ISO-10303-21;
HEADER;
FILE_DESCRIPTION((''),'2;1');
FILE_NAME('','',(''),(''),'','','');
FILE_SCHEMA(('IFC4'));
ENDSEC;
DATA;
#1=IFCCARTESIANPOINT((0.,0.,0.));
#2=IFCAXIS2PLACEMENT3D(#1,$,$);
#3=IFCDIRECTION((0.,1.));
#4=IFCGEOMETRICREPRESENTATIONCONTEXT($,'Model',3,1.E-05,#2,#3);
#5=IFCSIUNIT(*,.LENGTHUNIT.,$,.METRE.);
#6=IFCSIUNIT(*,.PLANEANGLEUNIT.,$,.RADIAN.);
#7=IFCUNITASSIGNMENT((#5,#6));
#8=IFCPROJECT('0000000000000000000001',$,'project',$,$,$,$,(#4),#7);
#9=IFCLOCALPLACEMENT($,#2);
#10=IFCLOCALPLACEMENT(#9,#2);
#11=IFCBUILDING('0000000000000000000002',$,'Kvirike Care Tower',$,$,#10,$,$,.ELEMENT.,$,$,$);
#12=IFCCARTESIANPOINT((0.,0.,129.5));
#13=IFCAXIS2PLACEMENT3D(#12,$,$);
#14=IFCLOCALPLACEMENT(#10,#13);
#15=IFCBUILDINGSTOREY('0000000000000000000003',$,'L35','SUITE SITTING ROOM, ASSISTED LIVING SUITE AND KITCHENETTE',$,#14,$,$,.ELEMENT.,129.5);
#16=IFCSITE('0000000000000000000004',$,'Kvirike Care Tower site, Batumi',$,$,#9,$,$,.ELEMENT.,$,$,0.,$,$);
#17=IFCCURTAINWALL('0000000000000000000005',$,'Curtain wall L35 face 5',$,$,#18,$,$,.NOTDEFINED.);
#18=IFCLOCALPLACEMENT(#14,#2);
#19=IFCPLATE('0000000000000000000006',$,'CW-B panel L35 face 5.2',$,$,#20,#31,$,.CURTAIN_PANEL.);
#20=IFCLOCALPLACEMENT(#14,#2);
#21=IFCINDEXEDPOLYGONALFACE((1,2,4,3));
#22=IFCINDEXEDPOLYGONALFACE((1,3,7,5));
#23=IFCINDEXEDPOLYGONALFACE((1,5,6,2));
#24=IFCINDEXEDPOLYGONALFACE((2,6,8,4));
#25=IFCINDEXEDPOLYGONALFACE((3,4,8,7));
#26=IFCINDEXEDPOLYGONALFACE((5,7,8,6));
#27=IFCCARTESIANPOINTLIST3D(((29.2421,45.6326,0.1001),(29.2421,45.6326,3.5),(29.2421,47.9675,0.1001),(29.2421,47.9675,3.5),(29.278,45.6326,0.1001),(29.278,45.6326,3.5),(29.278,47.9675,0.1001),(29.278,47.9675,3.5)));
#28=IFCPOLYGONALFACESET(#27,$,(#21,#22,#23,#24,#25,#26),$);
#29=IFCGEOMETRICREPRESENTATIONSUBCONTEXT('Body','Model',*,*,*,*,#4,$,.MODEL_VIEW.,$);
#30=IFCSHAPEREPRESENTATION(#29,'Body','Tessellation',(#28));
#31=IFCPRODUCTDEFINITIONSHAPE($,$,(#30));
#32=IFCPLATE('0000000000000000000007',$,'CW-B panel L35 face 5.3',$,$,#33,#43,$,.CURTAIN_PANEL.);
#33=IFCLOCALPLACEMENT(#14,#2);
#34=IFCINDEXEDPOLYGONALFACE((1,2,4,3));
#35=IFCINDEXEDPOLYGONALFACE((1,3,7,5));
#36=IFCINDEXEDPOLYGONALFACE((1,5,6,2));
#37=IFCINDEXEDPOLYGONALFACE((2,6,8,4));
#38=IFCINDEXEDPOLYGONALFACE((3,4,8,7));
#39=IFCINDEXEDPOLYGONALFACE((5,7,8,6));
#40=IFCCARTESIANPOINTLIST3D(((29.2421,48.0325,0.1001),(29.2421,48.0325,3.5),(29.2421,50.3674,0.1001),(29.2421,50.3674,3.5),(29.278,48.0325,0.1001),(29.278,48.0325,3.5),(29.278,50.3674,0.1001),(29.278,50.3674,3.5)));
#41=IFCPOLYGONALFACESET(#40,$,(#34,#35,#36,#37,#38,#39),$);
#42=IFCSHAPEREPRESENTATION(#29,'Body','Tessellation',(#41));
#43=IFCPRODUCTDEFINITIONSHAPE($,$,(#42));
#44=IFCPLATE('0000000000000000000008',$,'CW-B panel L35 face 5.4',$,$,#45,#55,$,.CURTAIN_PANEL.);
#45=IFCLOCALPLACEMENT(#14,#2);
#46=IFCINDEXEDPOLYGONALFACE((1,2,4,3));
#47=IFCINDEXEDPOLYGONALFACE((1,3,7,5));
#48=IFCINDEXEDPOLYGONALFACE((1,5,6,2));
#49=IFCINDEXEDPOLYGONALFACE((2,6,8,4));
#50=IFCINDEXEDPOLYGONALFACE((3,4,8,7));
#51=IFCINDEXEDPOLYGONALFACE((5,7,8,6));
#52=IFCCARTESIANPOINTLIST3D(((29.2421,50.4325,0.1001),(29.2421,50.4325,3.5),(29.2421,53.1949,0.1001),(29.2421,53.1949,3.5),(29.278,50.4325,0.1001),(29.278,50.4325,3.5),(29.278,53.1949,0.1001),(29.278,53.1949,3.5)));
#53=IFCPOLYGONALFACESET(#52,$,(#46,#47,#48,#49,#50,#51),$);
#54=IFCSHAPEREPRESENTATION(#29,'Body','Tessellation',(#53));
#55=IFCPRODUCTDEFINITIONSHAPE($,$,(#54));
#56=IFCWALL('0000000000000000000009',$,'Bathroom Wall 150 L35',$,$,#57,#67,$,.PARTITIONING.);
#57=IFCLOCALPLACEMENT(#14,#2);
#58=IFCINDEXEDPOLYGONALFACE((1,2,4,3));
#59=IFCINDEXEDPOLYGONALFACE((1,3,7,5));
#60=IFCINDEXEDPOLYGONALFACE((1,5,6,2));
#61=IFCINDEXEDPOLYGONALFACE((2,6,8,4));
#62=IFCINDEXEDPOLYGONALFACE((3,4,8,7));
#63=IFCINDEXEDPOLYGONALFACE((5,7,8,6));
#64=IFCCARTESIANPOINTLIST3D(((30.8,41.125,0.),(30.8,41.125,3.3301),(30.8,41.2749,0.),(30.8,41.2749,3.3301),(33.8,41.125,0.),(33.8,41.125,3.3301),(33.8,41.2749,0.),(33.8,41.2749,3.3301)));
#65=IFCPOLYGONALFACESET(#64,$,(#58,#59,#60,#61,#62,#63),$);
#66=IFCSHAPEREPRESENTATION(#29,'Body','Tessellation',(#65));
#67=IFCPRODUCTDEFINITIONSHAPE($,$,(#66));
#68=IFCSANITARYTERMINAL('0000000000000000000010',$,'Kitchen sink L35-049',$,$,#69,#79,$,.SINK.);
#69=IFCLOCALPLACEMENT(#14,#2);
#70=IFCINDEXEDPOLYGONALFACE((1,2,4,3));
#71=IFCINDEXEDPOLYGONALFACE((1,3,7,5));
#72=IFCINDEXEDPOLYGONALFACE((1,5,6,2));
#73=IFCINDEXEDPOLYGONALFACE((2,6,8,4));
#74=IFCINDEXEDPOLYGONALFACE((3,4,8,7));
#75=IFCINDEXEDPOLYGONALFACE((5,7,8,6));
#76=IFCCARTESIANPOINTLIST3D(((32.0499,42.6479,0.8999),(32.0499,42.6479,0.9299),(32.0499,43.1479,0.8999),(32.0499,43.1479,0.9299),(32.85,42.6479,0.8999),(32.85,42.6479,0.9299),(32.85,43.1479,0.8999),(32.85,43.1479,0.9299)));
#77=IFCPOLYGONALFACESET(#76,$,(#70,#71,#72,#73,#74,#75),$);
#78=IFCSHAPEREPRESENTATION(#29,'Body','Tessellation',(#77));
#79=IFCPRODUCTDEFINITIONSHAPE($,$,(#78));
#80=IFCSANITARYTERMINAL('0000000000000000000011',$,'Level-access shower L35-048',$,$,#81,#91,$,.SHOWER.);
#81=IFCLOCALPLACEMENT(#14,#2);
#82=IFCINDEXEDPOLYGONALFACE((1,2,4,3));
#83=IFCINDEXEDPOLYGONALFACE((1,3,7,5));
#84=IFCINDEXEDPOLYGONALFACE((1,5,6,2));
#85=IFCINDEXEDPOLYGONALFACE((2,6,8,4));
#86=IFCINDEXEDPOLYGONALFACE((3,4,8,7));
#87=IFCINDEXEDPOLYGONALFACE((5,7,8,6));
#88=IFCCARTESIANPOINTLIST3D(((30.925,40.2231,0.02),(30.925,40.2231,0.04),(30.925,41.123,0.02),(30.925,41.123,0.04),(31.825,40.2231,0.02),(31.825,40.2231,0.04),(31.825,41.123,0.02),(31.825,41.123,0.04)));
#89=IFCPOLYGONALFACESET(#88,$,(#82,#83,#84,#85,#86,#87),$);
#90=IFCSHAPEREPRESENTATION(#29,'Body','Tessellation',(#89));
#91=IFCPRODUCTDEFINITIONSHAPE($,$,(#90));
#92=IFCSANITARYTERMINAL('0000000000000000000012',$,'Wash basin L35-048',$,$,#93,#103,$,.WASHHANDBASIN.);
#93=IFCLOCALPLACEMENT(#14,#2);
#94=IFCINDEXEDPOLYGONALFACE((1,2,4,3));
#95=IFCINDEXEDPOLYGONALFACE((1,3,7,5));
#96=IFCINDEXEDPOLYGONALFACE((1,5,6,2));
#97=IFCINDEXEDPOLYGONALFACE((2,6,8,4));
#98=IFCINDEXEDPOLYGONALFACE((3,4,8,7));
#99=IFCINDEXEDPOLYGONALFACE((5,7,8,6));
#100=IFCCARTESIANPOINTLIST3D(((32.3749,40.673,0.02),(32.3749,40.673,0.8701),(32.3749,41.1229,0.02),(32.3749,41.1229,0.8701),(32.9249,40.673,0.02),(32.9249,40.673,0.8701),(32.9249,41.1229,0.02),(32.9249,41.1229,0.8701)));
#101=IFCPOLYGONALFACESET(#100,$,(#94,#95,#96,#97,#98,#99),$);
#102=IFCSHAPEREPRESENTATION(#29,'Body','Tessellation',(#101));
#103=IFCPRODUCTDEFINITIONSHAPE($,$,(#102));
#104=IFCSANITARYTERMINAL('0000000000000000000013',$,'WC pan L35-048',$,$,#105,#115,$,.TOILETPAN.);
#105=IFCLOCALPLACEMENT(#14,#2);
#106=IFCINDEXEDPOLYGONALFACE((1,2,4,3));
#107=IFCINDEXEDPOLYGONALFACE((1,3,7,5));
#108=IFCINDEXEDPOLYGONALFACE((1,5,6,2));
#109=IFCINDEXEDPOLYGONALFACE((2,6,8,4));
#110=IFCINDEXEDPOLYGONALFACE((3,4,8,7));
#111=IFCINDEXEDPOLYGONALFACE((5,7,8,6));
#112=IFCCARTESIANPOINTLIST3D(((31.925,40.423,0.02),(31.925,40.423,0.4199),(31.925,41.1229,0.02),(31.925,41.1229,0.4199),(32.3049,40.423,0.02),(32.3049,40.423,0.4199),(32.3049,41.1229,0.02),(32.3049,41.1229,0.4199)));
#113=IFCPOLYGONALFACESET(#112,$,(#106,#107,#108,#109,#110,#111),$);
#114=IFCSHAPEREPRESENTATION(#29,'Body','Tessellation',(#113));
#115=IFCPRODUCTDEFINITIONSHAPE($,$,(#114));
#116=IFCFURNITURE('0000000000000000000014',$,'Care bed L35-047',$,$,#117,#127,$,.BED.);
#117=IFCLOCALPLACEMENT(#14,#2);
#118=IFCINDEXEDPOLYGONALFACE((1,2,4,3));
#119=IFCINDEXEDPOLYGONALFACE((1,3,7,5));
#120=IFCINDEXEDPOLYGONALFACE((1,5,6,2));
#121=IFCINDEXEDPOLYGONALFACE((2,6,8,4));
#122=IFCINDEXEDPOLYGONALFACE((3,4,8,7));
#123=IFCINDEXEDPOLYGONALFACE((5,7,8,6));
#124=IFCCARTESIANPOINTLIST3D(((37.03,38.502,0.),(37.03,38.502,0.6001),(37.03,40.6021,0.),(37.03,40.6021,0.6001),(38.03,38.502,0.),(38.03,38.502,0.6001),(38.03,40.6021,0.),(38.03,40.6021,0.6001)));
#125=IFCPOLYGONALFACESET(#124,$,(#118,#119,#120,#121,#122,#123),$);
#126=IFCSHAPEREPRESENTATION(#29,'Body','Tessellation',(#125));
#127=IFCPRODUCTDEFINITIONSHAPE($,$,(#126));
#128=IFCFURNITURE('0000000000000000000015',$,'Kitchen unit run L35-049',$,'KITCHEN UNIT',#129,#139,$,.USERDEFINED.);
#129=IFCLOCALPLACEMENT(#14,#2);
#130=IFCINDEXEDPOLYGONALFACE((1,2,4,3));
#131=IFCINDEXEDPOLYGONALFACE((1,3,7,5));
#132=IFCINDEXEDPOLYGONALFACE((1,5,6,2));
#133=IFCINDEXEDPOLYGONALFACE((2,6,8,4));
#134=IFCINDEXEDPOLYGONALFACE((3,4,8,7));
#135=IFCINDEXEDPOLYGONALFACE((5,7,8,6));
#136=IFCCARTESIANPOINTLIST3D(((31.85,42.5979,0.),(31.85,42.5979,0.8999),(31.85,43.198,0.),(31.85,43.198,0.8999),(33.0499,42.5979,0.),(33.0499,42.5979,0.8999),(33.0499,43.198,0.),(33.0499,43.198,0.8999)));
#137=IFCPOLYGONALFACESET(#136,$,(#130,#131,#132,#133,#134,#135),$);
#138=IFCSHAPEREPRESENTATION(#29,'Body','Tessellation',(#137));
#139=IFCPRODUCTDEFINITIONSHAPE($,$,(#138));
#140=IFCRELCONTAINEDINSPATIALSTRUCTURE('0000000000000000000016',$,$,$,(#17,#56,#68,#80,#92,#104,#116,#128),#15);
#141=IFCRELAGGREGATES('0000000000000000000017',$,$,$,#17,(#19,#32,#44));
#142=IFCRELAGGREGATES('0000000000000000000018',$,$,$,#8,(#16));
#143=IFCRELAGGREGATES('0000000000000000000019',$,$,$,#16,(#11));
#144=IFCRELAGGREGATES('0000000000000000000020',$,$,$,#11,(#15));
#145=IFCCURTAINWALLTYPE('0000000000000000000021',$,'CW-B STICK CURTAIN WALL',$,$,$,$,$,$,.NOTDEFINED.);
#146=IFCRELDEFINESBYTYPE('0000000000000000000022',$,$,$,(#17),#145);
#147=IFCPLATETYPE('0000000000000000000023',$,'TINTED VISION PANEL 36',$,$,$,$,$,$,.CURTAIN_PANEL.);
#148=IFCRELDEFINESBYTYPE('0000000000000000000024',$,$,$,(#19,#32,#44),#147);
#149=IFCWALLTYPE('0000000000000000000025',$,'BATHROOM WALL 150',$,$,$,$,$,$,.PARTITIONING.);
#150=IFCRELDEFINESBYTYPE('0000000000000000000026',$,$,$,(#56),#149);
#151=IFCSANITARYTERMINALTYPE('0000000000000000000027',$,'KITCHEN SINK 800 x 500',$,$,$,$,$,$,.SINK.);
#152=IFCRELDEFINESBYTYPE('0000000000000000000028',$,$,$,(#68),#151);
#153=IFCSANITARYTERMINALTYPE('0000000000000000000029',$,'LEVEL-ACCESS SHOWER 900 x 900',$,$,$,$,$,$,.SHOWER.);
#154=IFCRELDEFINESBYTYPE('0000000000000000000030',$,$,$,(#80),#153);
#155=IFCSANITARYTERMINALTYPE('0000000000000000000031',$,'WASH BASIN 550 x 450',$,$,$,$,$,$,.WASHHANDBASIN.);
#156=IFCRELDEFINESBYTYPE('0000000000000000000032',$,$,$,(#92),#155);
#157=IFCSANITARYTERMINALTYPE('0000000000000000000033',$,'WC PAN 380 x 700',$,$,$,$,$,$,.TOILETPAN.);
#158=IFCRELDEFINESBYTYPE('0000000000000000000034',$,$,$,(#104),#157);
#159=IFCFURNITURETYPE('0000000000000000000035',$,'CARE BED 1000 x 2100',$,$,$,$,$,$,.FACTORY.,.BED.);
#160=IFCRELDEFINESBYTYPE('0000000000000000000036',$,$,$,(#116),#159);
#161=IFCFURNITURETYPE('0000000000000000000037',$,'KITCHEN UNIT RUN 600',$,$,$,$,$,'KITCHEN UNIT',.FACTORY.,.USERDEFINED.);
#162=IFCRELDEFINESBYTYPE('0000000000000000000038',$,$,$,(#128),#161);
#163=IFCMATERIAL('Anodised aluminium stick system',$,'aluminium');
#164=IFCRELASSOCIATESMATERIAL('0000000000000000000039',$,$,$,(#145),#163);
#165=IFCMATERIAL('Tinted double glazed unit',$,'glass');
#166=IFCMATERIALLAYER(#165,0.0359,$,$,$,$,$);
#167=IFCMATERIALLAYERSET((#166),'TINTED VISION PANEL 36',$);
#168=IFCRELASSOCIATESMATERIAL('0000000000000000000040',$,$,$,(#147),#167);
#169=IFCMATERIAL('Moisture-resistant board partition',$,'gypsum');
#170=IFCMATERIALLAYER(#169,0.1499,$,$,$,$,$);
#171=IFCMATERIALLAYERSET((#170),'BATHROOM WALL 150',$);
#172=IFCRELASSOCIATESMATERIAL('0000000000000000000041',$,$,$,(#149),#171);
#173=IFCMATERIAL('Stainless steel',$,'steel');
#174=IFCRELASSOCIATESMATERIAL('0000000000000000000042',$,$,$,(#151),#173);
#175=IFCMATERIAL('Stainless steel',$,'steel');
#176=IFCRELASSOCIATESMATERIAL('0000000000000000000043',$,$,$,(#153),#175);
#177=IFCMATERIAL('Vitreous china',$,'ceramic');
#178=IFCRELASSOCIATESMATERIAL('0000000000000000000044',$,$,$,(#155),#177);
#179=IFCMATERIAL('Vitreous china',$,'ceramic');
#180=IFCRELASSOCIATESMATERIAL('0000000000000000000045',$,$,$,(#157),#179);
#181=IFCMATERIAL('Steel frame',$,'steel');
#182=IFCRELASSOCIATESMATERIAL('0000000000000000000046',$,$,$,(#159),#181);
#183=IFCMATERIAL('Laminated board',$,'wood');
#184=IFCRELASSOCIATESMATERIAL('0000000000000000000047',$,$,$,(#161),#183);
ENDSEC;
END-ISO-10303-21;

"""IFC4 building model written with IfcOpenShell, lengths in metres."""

from ifc_helpers import new_model, si_unit, direction, frame, frame_2d, origin, origin_2d, place, context, subcontext, project, spatial, rectangle, extrude, material, layer, layer_set, type_object, element, aggregate, save


model = new_model("IFC4")

# Units and contexts
model_context = context("Model", 3, precision=1e-05, world=origin(), true_north=direction((0.0, 1.0)))
body_context = subcontext(model_context, "Body", "Model", "MODEL_VIEW")
ifc_project = project(units=[si_unit("LENGTHUNIT", "METRE"), si_unit("PLANEANGLEUNIT", "RADIAN")], contexts=[model_context])

# Site, building, storey
site_placement = place(None, origin())
site = spatial("IfcSite", under=ifc_project, at=site_placement, Name="Kvirike Care Tower site, Batumi", CompositionType="ELEMENT", RefElevation=0.0)
building_placement = place(site_placement, origin())
building = spatial("IfcBuilding", under=site, at=building_placement, Name="Kvirike Care Tower", CompositionType="ELEMENT")
storey_placement = place(building_placement, frame((0.0, 0.0, 129.5)))
storey = spatial("IfcBuildingStorey", under=building, at=storey_placement, Name="L35", Description="SUITE SITTING ROOM, ASSISTED LIVING SUITE AND KITCHENETTE", CompositionType="ELEMENT", Elevation=129.5)

# Curtain wall
ifc_material_1 = material(Name="Anodised aluminium stick system", Category="aluminium")
curtain_wall_type = type_object("IfcCurtainWallType", Name="CW-B STICK CURTAIN WALL", PredefinedType="NOTDEFINED", material=ifc_material_1)
curtain_wall_1_placement = place(storey_placement, origin())
curtain_wall_1 = element("IfcCurtainWall", 1, at=curtain_wall_1_placement, inside=storey, type_object=curtain_wall_type, Name="Curtain wall L35 face 5", PredefinedType="NOTDEFINED")

# Plates
ifc_material_2 = material(Name="Tinted double glazed unit", Category="glass")
ifc_layer_1 = layer(ifc_material_2, 0.0359)
ifc_layer_set_1 = layer_set([ifc_layer_1], Name="TINTED VISION PANEL 36")
plate_type = type_object("IfcPlateType", Name="TINTED VISION PANEL 36", PredefinedType="CURTAIN_PANEL", material=ifc_layer_set_1)
plate_1_placement = place(storey_placement, frame((29.26, 46.8, 0.1001), z_axis=(0.0, 0.0, 1.0), x_axis=(0.0, 1.0, 0.0)))
plate_1 = element("IfcPlate", 2, at=plate_1_placement, type_object=plate_type, Name="CW-B panel L35 face 5.2", PredefinedType="CURTAIN_PANEL", context=body_context, shape_type="SweptSolid", body=[
    extrude(rectangle(XDim=2.335, YDim=0.0359, at=origin_2d()), origin(), (0.0, 0.0, 1.0), 3.3999),
])
plate_2_placement = place(storey_placement, frame((29.26, 49.2, 0.1001), z_axis=(0.0, 0.0, 1.0), x_axis=(0.0, 1.0, 0.0)))
plate_2 = element("IfcPlate", 3, at=plate_2_placement, type_object=plate_type, Name="CW-B panel L35 face 5.3", PredefinedType="CURTAIN_PANEL", context=body_context, shape_type="SweptSolid", body=[
    extrude(rectangle(XDim=2.335, YDim=0.0359, at=origin_2d()), origin(), (0.0, 0.0, 1.0), 3.3999),
])
plate_3_placement = place(storey_placement, frame((29.26, 51.8137, 0.1001), z_axis=(0.0, 0.0, 1.0), x_axis=(0.0, 1.0, 0.0)))
plate_3 = element("IfcPlate", 4, at=plate_3_placement, type_object=plate_type, Name="CW-B panel L35 face 5.4", PredefinedType="CURTAIN_PANEL", context=body_context, shape_type="SweptSolid", body=[
    extrude(rectangle(XDim=2.7625, YDim=0.0359, at=origin_2d()), origin(), (0.0, 0.0, 1.0), 3.3999),
])
aggregate(curtain_wall_1, [plate_1, plate_2, plate_3])

# Wall
ifc_material_3 = material(Name="Moisture-resistant board partition", Category="gypsum")
ifc_layer_2 = layer(ifc_material_3, 0.1499)
ifc_layer_set_2 = layer_set([ifc_layer_2], Name="BATHROOM WALL 150")
wall_type = type_object("IfcWallType", Name="BATHROOM WALL 150", PredefinedType="PARTITIONING", material=ifc_layer_set_2)
wall_placement = place(storey_placement, frame((33.8, 41.2, 0.0), z_axis=(0.0, 0.0, 1.0), x_axis=(-1.0, 0.0, 0.0)))
element("IfcWall", 5, at=wall_placement, inside=storey, type_object=wall_type, Name="Bathroom Wall 150 L35", PredefinedType="PARTITIONING", context=body_context, shape_type="SweptSolid", body=[
    extrude(rectangle(XDim=3.0, YDim=0.1499, at=frame_2d((1.5, 0.0))), origin(), (0.0, 0.0, 1.0), 3.3301),
])

# Sanitary terminals
ifc_material_4 = material(Name="Stainless steel", Category="steel")
sanitary_terminal_type_1 = type_object("IfcSanitaryTerminalType", Name="KITCHEN SINK 800 x 500", PredefinedType="SINK", material=ifc_material_4)
sanitary_terminal_1_placement = place(storey_placement, frame((32.45, 42.8979, 0.8999), z_axis=(0.0, 0.0, 1.0), x_axis=(1.0, 0.0, 0.0)))
element("IfcSanitaryTerminal", 6, at=sanitary_terminal_1_placement, inside=storey, type_object=sanitary_terminal_type_1, Name="Kitchen sink L35-049", PredefinedType="SINK", context=body_context, shape_type="SweptSolid", body=[
    extrude(rectangle(XDim=0.8, YDim=0.5, at=origin_2d()), origin(), (0.0, 0.0, 1.0), 0.03),
])
ifc_material_5 = material(Name="Stainless steel", Category="steel")
sanitary_terminal_type_2 = type_object("IfcSanitaryTerminalType", Name="LEVEL-ACCESS SHOWER 900 x 900", PredefinedType="SHOWER", material=ifc_material_5)
sanitary_terminal_2_placement = place(storey_placement, frame((31.375, 40.6731, 0.02), z_axis=(0.0, 0.0, 1.0), x_axis=(1.0, 0.0, 0.0)))
element("IfcSanitaryTerminal", 7, at=sanitary_terminal_2_placement, inside=storey, type_object=sanitary_terminal_type_2, Name="Level-access shower L35-048", PredefinedType="SHOWER", context=body_context, shape_type="SweptSolid", body=[
    extrude(rectangle(XDim=0.8999, YDim=0.8999, at=origin_2d()), origin(), (0.0, 0.0, 1.0), 0.02),
])
ifc_material_6 = material(Name="Vitreous china", Category="ceramic")
sanitary_terminal_type_3 = type_object("IfcSanitaryTerminalType", Name="WASH BASIN 550 x 450", PredefinedType="WASHHANDBASIN", material=ifc_material_6)
sanitary_terminal_3_placement = place(storey_placement, frame((32.6499, 40.8979, 0.02), z_axis=(0.0, 0.0, 1.0), x_axis=(1.0, 0.0, 0.0)))
element("IfcSanitaryTerminal", 8, at=sanitary_terminal_3_placement, inside=storey, type_object=sanitary_terminal_type_3, Name="Wash basin L35-048", PredefinedType="WASHHANDBASIN", context=body_context, shape_type="SweptSolid", body=[
    extrude(rectangle(XDim=0.55, YDim=0.45, at=origin_2d()), origin(), (0.0, 0.0, 1.0), 0.8501),
])
ifc_material_7 = material(Name="Vitreous china", Category="ceramic")
sanitary_terminal_type_4 = type_object("IfcSanitaryTerminalType", Name="WC PAN 380 x 700", PredefinedType="TOILETPAN", material=ifc_material_7)
sanitary_terminal_4_placement = place(storey_placement, frame((32.115, 40.7729, 0.02), z_axis=(0.0, 0.0, 1.0), x_axis=(1.0, 0.0, 0.0)))
element("IfcSanitaryTerminal", 9, at=sanitary_terminal_4_placement, inside=storey, type_object=sanitary_terminal_type_4, Name="WC pan L35-048", PredefinedType="TOILETPAN", context=body_context, shape_type="SweptSolid", body=[
    extrude(rectangle(XDim=0.3799, YDim=0.7, at=origin_2d()), origin(), (0.0, 0.0, 1.0), 0.3999),
])

# Furniture
ifc_material_8 = material(Name="Steel frame", Category="steel")
furniture_type_1 = type_object("IfcFurnitureType", Name="CARE BED 1000 x 2100", AssemblyPlace="FACTORY", PredefinedType="BED", material=ifc_material_8)
furniture_1_placement = place(storey_placement, frame((37.53, 39.552, 0.0), z_axis=(0.0, 0.0, 1.0), x_axis=(-1.0, 0.0, 0.0)))
element("IfcFurniture", 10, at=furniture_1_placement, inside=storey, type_object=furniture_type_1, Name="Care bed L35-047", PredefinedType="BED", context=body_context, shape_type="SweptSolid", body=[
    extrude(rectangle(XDim=1.0, YDim=2.1001, at=origin_2d()), origin(), (0.0, 0.0, 1.0), 0.6001),
])
ifc_material_9 = material(Name="Laminated board", Category="wood")
furniture_type_2 = type_object("IfcFurnitureType", Name="KITCHEN UNIT RUN 600", ElementType="KITCHEN UNIT", AssemblyPlace="FACTORY", PredefinedType="USERDEFINED", material=ifc_material_9)
furniture_2_placement = place(storey_placement, frame((32.45, 42.8979, 0.0), z_axis=(0.0, 0.0, 1.0), x_axis=(1.0, 0.0, 0.0)))
element("IfcFurniture", 11, at=furniture_2_placement, inside=storey, type_object=furniture_type_2, Name="Kitchen unit run L35-049", ObjectType="KITCHEN UNIT", PredefinedType="USERDEFINED", context=body_context, shape_type="SweptSolid", body=[
    extrude(rectangle(XDim=1.2, YDim=0.6001, at=origin_2d()), origin(), (0.0, 0.0, 1.0), 0.8999),
])

save(model, "model.ifc")
